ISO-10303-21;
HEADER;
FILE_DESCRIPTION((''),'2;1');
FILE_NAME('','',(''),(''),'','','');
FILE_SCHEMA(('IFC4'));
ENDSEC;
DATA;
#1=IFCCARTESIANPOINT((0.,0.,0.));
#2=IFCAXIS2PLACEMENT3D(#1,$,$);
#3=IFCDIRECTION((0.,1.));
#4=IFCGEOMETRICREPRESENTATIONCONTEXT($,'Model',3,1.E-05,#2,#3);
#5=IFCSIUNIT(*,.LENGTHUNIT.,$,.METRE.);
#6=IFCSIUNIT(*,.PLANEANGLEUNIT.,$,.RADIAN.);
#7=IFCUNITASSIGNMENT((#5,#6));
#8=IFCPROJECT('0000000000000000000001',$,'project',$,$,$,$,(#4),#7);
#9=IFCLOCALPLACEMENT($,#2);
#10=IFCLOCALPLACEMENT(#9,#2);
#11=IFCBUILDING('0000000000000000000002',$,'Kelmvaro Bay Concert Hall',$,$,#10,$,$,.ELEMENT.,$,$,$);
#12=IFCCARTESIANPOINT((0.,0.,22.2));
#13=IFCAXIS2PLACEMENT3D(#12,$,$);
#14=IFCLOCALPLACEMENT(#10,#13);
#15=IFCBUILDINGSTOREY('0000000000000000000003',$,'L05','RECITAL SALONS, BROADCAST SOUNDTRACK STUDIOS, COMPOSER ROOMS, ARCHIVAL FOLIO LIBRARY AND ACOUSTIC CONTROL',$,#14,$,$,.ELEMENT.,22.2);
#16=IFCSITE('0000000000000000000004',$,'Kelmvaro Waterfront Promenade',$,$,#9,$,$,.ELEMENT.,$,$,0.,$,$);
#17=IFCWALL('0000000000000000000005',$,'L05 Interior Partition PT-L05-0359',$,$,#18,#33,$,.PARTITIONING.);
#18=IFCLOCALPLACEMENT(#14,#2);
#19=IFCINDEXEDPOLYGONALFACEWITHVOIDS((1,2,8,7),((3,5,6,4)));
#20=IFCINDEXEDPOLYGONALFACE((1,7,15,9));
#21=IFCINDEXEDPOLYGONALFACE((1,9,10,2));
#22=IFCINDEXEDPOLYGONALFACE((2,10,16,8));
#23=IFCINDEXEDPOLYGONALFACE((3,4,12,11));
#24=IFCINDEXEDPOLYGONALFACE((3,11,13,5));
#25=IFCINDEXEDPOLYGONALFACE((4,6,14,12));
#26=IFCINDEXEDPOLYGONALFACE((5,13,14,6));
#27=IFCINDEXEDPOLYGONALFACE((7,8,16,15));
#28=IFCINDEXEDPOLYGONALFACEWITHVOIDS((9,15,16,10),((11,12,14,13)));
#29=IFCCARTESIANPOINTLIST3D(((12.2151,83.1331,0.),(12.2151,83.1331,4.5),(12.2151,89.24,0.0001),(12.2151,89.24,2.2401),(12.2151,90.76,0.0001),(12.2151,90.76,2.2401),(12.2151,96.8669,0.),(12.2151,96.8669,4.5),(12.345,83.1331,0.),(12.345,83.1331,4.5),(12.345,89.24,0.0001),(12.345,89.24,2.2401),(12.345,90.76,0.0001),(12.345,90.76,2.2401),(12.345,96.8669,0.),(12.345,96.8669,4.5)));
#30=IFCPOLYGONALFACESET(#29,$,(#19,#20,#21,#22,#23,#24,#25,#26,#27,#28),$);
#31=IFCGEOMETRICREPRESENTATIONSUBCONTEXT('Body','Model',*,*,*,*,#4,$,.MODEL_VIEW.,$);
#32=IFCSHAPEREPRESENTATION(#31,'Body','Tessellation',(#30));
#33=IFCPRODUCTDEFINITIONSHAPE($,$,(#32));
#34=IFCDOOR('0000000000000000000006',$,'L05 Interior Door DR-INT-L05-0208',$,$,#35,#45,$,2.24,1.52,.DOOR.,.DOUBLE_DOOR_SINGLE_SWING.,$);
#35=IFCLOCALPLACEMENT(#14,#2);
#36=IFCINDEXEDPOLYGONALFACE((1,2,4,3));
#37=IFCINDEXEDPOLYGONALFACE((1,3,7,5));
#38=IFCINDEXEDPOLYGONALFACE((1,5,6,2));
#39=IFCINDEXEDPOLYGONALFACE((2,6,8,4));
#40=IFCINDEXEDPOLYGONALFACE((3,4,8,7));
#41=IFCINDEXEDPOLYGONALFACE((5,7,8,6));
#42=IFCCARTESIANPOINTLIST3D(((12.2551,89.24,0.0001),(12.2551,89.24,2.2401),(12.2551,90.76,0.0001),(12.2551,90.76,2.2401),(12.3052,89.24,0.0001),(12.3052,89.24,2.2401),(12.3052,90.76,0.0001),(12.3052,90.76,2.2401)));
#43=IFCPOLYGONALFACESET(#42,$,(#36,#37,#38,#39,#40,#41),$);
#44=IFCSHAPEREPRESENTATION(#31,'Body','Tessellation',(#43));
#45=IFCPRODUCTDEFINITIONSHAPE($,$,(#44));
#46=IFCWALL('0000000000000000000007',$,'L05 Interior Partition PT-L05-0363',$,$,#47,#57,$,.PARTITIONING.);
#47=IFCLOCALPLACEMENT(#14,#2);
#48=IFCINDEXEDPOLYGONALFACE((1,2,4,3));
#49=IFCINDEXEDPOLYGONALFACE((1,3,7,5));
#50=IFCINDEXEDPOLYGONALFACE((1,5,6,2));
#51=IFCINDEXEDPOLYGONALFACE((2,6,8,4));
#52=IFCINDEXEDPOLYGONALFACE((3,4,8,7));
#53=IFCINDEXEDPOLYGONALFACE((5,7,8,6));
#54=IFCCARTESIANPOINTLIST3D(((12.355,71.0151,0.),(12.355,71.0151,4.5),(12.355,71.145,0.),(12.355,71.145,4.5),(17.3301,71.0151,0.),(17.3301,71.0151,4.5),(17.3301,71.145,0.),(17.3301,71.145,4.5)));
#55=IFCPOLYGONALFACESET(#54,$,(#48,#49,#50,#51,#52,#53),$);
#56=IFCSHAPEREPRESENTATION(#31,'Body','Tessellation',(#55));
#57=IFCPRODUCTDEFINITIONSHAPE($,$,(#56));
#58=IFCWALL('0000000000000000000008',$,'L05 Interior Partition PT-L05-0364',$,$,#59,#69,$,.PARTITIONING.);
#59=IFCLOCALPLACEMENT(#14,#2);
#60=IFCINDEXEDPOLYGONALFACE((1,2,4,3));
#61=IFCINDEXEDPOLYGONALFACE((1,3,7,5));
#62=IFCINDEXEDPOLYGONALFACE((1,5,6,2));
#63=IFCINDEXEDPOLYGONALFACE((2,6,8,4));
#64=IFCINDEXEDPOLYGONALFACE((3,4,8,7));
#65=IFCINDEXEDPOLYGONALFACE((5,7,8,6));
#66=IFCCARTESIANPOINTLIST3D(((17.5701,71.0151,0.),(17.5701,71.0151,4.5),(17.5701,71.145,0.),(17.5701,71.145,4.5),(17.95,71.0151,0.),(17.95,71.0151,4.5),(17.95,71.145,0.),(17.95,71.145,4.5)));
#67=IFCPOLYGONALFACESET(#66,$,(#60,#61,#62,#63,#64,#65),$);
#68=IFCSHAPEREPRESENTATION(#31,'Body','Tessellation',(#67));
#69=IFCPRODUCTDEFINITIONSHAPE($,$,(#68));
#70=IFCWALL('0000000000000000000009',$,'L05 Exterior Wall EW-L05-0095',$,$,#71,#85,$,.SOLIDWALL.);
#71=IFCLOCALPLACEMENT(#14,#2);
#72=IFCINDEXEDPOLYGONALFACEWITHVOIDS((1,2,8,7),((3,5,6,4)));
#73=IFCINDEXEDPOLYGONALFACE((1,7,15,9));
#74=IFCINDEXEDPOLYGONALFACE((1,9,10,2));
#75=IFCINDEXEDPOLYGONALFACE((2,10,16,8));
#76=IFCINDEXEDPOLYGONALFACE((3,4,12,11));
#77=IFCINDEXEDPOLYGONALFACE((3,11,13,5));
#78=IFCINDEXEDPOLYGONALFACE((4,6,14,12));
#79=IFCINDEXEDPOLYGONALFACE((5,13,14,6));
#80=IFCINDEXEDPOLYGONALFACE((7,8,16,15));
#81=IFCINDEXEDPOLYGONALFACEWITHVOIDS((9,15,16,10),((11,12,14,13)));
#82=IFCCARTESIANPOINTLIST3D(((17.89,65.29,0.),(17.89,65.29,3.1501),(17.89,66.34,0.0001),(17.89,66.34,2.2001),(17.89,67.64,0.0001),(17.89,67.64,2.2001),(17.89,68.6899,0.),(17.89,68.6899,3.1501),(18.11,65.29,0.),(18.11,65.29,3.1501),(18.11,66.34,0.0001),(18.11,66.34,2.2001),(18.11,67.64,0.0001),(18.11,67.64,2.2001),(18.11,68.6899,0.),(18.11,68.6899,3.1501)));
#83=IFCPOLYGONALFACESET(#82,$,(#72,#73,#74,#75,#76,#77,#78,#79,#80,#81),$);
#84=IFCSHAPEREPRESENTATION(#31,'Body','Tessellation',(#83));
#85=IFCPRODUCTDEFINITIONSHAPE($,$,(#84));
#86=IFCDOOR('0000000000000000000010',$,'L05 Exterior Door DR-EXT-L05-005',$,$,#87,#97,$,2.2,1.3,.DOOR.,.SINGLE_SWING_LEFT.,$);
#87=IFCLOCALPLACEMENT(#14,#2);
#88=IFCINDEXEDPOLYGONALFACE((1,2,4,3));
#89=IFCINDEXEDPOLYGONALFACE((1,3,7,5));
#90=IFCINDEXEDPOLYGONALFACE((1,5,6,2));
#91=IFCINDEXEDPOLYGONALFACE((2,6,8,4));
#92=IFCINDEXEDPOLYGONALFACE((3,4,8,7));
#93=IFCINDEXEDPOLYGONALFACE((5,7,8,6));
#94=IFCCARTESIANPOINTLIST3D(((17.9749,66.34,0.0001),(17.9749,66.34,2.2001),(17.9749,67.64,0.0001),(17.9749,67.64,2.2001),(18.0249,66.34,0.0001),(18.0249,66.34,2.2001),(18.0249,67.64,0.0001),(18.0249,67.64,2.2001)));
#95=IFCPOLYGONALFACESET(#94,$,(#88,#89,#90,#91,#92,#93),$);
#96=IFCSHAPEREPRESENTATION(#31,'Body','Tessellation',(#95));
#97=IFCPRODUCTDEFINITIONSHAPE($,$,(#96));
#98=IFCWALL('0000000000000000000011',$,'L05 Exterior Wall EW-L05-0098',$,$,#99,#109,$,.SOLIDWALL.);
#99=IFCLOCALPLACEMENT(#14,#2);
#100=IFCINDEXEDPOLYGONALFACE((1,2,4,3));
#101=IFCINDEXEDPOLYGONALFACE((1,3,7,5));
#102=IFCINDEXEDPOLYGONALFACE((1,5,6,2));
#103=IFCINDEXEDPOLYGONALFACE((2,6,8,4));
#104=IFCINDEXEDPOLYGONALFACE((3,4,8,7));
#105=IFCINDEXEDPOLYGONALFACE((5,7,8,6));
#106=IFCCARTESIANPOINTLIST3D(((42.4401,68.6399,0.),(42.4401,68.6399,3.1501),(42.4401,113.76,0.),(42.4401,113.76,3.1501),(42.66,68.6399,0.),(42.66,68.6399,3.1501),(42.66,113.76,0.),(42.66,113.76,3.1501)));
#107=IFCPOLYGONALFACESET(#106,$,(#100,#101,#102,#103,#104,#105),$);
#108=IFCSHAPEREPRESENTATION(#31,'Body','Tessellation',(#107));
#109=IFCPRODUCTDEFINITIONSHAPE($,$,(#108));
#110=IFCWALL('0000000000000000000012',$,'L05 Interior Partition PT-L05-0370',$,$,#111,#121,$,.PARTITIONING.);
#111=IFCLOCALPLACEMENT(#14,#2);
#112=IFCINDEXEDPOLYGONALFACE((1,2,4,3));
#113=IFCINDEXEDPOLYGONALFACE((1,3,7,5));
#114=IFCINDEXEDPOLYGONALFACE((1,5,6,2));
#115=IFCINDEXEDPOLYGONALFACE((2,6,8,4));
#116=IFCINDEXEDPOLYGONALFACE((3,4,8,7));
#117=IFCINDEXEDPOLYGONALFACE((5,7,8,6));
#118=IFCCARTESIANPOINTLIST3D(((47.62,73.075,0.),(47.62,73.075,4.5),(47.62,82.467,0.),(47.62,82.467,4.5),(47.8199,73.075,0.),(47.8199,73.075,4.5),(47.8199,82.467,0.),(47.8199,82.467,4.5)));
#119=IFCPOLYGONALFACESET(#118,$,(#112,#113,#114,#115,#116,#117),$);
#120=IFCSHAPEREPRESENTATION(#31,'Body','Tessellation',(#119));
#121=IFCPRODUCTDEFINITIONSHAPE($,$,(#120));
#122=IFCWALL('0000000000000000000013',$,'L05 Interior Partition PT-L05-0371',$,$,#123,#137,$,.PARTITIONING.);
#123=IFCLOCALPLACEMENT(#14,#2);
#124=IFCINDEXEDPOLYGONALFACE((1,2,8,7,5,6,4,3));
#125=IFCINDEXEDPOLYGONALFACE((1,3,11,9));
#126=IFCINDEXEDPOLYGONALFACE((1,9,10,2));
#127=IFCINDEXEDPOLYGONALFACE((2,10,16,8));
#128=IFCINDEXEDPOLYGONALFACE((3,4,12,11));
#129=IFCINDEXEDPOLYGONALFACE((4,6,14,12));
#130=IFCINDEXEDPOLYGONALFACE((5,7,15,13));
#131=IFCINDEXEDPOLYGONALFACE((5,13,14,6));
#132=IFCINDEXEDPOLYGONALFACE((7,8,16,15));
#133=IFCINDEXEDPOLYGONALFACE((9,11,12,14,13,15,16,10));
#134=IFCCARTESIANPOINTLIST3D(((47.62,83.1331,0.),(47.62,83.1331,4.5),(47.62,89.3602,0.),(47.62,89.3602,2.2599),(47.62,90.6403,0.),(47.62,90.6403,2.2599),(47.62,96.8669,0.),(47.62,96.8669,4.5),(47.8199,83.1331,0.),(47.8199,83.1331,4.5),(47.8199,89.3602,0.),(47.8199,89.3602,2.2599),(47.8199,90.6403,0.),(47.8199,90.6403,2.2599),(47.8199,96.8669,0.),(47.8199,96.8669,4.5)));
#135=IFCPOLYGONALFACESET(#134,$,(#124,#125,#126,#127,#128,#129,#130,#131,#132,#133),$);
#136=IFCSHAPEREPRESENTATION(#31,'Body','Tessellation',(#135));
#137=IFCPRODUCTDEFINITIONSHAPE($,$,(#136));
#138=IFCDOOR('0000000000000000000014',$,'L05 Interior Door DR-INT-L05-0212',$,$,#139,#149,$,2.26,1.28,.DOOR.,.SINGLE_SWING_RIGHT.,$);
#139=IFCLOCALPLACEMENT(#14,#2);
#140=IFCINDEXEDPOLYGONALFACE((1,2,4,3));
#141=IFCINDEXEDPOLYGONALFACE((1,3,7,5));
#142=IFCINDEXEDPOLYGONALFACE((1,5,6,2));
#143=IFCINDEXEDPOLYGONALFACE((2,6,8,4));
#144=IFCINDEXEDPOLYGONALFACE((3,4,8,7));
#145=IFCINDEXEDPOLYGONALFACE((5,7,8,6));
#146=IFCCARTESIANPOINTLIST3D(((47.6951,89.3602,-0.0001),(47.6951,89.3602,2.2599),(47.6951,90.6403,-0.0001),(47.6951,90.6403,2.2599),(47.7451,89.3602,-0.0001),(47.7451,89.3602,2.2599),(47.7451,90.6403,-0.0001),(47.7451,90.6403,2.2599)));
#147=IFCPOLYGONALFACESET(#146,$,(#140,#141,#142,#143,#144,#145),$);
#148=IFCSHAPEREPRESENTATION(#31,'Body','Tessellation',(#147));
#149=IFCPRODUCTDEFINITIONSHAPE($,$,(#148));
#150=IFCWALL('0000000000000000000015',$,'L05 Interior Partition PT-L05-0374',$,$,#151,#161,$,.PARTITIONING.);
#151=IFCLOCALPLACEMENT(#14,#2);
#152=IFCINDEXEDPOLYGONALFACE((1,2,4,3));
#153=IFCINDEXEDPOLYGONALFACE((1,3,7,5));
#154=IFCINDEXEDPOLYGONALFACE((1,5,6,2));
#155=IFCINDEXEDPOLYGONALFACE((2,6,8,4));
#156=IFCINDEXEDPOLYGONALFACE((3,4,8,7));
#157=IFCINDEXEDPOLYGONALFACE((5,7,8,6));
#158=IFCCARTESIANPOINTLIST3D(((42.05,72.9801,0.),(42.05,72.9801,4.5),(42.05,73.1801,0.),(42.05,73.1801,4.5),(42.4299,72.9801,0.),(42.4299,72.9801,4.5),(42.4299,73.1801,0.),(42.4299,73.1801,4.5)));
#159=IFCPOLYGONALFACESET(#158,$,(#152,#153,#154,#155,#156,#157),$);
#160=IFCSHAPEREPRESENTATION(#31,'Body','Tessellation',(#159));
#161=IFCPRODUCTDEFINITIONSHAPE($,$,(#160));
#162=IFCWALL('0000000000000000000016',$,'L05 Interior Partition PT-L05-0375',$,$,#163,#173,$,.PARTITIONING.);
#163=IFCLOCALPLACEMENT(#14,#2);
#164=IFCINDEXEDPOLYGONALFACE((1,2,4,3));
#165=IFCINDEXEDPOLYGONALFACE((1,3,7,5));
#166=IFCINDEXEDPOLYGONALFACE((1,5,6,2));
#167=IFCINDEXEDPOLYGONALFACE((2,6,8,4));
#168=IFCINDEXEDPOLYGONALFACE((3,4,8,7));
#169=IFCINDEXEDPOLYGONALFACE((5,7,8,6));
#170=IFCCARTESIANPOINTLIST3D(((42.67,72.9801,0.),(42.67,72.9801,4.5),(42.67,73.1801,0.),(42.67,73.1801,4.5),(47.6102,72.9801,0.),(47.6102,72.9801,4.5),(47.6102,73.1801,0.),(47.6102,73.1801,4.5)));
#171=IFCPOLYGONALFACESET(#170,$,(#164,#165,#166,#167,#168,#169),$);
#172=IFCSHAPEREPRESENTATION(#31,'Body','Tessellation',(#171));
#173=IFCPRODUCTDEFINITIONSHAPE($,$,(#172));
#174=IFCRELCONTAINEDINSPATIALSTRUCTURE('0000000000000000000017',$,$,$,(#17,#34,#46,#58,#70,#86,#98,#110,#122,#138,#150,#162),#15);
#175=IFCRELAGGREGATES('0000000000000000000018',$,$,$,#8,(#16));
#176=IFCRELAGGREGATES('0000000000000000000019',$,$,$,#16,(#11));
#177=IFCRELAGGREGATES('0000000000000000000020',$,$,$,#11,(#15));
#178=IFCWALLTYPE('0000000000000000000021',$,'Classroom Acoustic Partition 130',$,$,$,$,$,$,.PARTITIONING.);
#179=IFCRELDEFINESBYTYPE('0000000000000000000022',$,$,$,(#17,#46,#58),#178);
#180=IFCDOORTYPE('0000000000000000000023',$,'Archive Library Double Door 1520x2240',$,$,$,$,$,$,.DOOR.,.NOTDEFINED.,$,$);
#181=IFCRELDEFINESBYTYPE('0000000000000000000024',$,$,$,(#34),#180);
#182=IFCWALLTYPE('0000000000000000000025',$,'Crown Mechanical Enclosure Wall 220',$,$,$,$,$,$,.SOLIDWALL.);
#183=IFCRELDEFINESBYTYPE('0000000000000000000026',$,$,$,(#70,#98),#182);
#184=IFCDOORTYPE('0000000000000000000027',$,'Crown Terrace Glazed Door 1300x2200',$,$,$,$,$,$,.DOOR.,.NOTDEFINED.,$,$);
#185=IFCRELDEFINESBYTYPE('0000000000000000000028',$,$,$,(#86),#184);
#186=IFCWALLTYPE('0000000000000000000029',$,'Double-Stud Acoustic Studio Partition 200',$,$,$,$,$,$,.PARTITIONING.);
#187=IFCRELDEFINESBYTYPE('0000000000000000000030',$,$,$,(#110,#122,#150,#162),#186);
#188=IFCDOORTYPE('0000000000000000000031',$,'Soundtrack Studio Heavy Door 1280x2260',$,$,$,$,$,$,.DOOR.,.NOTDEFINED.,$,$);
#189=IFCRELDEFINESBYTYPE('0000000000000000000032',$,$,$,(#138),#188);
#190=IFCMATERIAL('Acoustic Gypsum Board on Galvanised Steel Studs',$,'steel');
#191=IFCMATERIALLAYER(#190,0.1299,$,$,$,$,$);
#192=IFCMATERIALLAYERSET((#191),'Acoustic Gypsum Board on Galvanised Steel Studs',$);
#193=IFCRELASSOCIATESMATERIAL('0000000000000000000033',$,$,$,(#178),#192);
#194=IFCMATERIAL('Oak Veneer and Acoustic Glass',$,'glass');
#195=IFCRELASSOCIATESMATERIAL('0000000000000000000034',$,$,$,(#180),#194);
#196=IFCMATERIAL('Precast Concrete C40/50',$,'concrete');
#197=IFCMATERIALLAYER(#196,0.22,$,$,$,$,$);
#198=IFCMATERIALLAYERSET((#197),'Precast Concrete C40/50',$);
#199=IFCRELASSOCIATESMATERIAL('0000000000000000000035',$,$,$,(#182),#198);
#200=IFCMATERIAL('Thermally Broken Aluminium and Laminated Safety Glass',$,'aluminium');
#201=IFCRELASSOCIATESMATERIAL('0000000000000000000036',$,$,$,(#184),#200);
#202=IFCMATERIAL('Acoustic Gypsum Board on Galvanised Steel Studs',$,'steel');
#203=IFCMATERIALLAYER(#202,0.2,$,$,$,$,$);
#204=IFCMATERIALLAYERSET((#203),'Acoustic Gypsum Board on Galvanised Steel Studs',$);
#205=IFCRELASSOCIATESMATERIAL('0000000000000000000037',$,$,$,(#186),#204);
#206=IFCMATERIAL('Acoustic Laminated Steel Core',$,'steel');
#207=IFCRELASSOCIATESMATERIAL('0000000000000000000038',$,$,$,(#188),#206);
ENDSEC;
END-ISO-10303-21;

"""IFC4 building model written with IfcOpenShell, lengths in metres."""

from ifc_helpers import new_model, si_unit, direction, frame, frame_2d, origin, place, context, subcontext, project, spatial, rectangle, extrude, material, layer, layer_set, type_object, element, fill, save


model = new_model("IFC4")

# Units and contexts
model_context = context("Model", 3, precision=1e-05, world=origin(), true_north=direction((0.0, 1.0)))
body_context = subcontext(model_context, "Body", "Model", "MODEL_VIEW")
ifc_project = project(units=[si_unit("LENGTHUNIT", "METRE"), si_unit("PLANEANGLEUNIT", "RADIAN")], contexts=[model_context])

# Site, building, storey
site_placement = place(None, origin())
site = spatial("IfcSite", under=ifc_project, at=site_placement, Name="Kelmvaro Waterfront Promenade", CompositionType="ELEMENT", RefElevation=0.0)
building_placement = place(site_placement, origin())
building = spatial("IfcBuilding", under=site, at=building_placement, Name="Kelmvaro Bay Concert Hall", CompositionType="ELEMENT")
storey_placement = place(building_placement, frame((0.0, 0.0, 22.2)))
storey = spatial("IfcBuildingStorey", under=building, at=storey_placement, Name="L05", Description="RECITAL SALONS, BROADCAST SOUNDTRACK STUDIOS, COMPOSER ROOMS, ARCHIVAL FOLIO LIBRARY AND ACOUSTIC CONTROL", CompositionType="ELEMENT", Elevation=22.2)

# Shared definitions
ifc_material_1 = material(Name="Acoustic Gypsum Board on Galvanised Steel Studs", Category="steel")
ifc_layer_1 = layer(ifc_material_1, 0.1299)
ifc_layer_set_1 = layer_set([ifc_layer_1], Name="Acoustic Gypsum Board on Galvanised Steel Studs")
wall_type_1 = type_object("IfcWallType", Name="Classroom Acoustic Partition 130", PredefinedType="PARTITIONING", material=ifc_layer_set_1)

# Wall, opening, door
wall_1_placement = place(storey_placement, frame((12.28, 83.1331, 0.0), z_axis=(0.0, 0.0, 1.0), x_axis=(0.0, 1.0, 0.0)))
wall_1 = element("IfcWall", 1, at=wall_1_placement, inside=storey, type_object=wall_type_1, Name="L05 Interior Partition PT-L05-0359", PredefinedType="PARTITIONING", context=body_context, shape_type="SweptSolid", body=[
    extrude(rectangle(XDim=13.7339, YDim=0.1299, at=frame_2d((6.8669, 0.0))), origin(), (0.0, 0.0, 1.0), 4.5),
])
opening_1_placement = place(wall_1_placement, frame((6.1069, 0.0, 0.0)))
opening_1 = element("IfcOpeningElement", 2, at=opening_1_placement, cuts=wall_1, PredefinedType="OPENING", context=body_context, shape_type="SweptSolid", body=[
    extrude(rectangle(XDim=1.52, YDim=2.24, at=frame_2d((0.76, 1.1201))), frame((0.0, 0.075, 0.0), z_axis=(0.0, -1.0, 0.0), x_axis=(1.0, 0.0, 0.0)), (0.0, 0.0, 1.0), 0.1499),
])
ifc_material_2 = material(Name="Oak Veneer and Acoustic Glass", Category="glass")
door_type_1 = type_object("IfcDoorType", Name="Archive Library Double Door 1520x2240", OperationType="NOTDEFINED", PredefinedType="DOOR", material=ifc_material_2)
door_1_placement = place(opening_1_placement, origin())
door_1 = element("IfcDoor", 3, at=door_1_placement, inside=storey, type_object=door_type_1, Name="L05 Interior Door DR-INT-L05-0208", OperationType="DOUBLE_DOOR_SINGLE_SWING", OverallHeight=2.24, OverallWidth=1.52, PredefinedType="DOOR", context=body_context, shape_type="SweptSolid", body=[
    extrude(rectangle(XDim=1.52, YDim=2.24, at=frame_2d((0.76, 1.1201))), frame((0.0, 0.0249, 0.0), z_axis=(0.0, -1.0, 0.0), x_axis=(1.0, 0.0, 0.0)), (0.0, 0.0, 1.0), 0.05),
])
fill(opening_1, door_1)

# Walls
wall_2_placement = place(storey_placement, frame((12.355, 71.0801, 0.0), z_axis=(0.0, 0.0, 1.0), x_axis=(1.0, 0.0, 0.0)))
element("IfcWall", 4, at=wall_2_placement, inside=storey, type_object=wall_type_1, Name="L05 Interior Partition PT-L05-0363", PredefinedType="PARTITIONING", context=body_context, shape_type="SweptSolid", body=[
    extrude(rectangle(XDim=4.9751, YDim=0.1299, at=frame_2d((2.4875, 0.0))), origin(), (0.0, 0.0, 1.0), 4.5),
])
wall_3_placement = place(storey_placement, frame((17.5701, 71.0801, 0.0), z_axis=(0.0, 0.0, 1.0), x_axis=(1.0, 0.0, 0.0)))
element("IfcWall", 5, at=wall_3_placement, inside=storey, type_object=wall_type_1, Name="L05 Interior Partition PT-L05-0364", PredefinedType="PARTITIONING", context=body_context, shape_type="SweptSolid", body=[
    extrude(rectangle(XDim=0.3799, YDim=0.1299, at=frame_2d((0.1899, 0.0))), origin(), (0.0, 0.0, 1.0), 4.5),
])

# Wall, opening, door
ifc_material_3 = material(Name="Precast Concrete C40/50", Category="concrete")
ifc_layer_2 = layer(ifc_material_3, 0.22)
ifc_layer_set_2 = layer_set([ifc_layer_2], Name="Precast Concrete C40/50")
wall_type_2 = type_object("IfcWallType", Name="Crown Mechanical Enclosure Wall 220", PredefinedType="SOLIDWALL", material=ifc_layer_set_2)
wall_4_placement = place(storey_placement, frame((18.0, 68.6899, 0.0), z_axis=(0.0, 0.0, 1.0), x_axis=(0.0, -1.0, 0.0)))
wall_4 = element("IfcWall", 6, at=wall_4_placement, inside=storey, type_object=wall_type_2, Name="L05 Exterior Wall EW-L05-0095", PredefinedType="SOLIDWALL", context=body_context, shape_type="SweptSolid", body=[
    extrude(rectangle(XDim=3.3999, YDim=0.22, at=frame_2d((1.7, 0.0))), origin(), (0.0, 0.0, 1.0), 3.1501),
])
opening_2_placement = place(wall_4_placement, frame((1.05, 0.0, 0.0)))
opening_2 = element("IfcOpeningElement", 7, at=opening_2_placement, cuts=wall_4, PredefinedType="OPENING", context=body_context, shape_type="SweptSolid", body=[
    extrude(rectangle(XDim=1.3, YDim=2.2, at=frame_2d((0.6499, 1.1001))), frame((0.0, 0.1199, 0.0), z_axis=(0.0, -1.0, 0.0), x_axis=(1.0, 0.0, 0.0)), (0.0, 0.0, 1.0), 0.24),
])
ifc_material_4 = material(Name="Thermally Broken Aluminium and Laminated Safety Glass", Category="aluminium")
door_type_2 = type_object("IfcDoorType", Name="Crown Terrace Glazed Door 1300x2200", OperationType="NOTDEFINED", PredefinedType="DOOR", material=ifc_material_4)
door_2_placement = place(opening_2_placement, origin())
door_2 = element("IfcDoor", 8, at=door_2_placement, inside=storey, type_object=door_type_2, Name="L05 Exterior Door DR-EXT-L05-005", OperationType="SINGLE_SWING_LEFT", OverallHeight=2.2, OverallWidth=1.3, PredefinedType="DOOR", context=body_context, shape_type="SweptSolid", body=[
    extrude(rectangle(XDim=1.3, YDim=2.2, at=frame_2d((0.6499, 1.1001))), frame((0.0, 0.0249, 0.0), z_axis=(0.0, -1.0, 0.0), x_axis=(1.0, 0.0, 0.0)), (0.0, 0.0, 1.0), 0.05),
])
fill(opening_2, door_2)

# Walls
wall_5_placement = place(storey_placement, frame((42.55, 68.6399, 0.0), z_axis=(0.0, 0.0, 1.0), x_axis=(0.0, 1.0, 0.0)))
element("IfcWall", 9, at=wall_5_placement, inside=storey, type_object=wall_type_2, Name="L05 Exterior Wall EW-L05-0098", PredefinedType="SOLIDWALL", context=body_context, shape_type="SweptSolid", body=[
    extrude(rectangle(XDim=45.1201, YDim=0.22, at=frame_2d((22.5601, 0.0))), origin(), (0.0, 0.0, 1.0), 3.1501),
])
ifc_material_5 = material(Name="Acoustic Gypsum Board on Galvanised Steel Studs", Category="steel")
ifc_layer_3 = layer(ifc_material_5, 0.2)
ifc_layer_set_3 = layer_set([ifc_layer_3], Name="Acoustic Gypsum Board on Galvanised Steel Studs")
wall_type_3 = type_object("IfcWallType", Name="Double-Stud Acoustic Studio Partition 200", PredefinedType="PARTITIONING", material=ifc_layer_set_3)
wall_6_placement = place(storey_placement, frame((47.72, 73.075, 0.0), z_axis=(0.0, 0.0, 1.0), x_axis=(0.0, 1.0, 0.0)))
element("IfcWall", 10, at=wall_6_placement, inside=storey, type_object=wall_type_3, Name="L05 Interior Partition PT-L05-0370", PredefinedType="PARTITIONING", context=body_context, shape_type="SweptSolid", body=[
    extrude(rectangle(XDim=9.3921, YDim=0.2, at=frame_2d((4.696, 0.0))), origin(), (0.0, 0.0, 1.0), 4.5),
])

# Wall, opening, door
wall_7_placement = place(storey_placement, frame((47.72, 83.1331, 0.0), z_axis=(0.0, 0.0, 1.0), x_axis=(0.0, 1.0, 0.0)))
wall_7 = element("IfcWall", 11, at=wall_7_placement, inside=storey, type_object=wall_type_3, Name="L05 Interior Partition PT-L05-0371", PredefinedType="PARTITIONING", context=body_context, shape_type="SweptSolid", body=[
    extrude(rectangle(XDim=13.7339, YDim=0.2, at=frame_2d((6.8669, 0.0))), origin(), (0.0, 0.0, 1.0), 4.5),
])
opening_3_placement = place(wall_7_placement, frame((6.2271, 0.0, 0.0)))
opening_3 = element("IfcOpeningElement", 12, at=opening_3_placement, cuts=wall_7, PredefinedType="OPENING", context=body_context, shape_type="SweptSolid", body=[
    extrude(rectangle(XDim=1.28, YDim=2.26, at=frame_2d((0.6401, 1.1299))), frame((0.0, 0.1099, 0.0), z_axis=(0.0, -1.0, 0.0), x_axis=(1.0, 0.0, 0.0)), (0.0, 0.0, 1.0), 0.22),
])
ifc_material_6 = material(Name="Acoustic Laminated Steel Core", Category="steel")
door_type_3 = type_object("IfcDoorType", Name="Soundtrack Studio Heavy Door 1280x2260", OperationType="NOTDEFINED", PredefinedType="DOOR", material=ifc_material_6)
door_3_placement = place(opening_3_placement, origin())
door_3 = element("IfcDoor", 13, at=door_3_placement, inside=storey, type_object=door_type_3, Name="L05 Interior Door DR-INT-L05-0212", OperationType="SINGLE_SWING_RIGHT", OverallHeight=2.26, OverallWidth=1.28, PredefinedType="DOOR", context=body_context, shape_type="SweptSolid", body=[
    extrude(rectangle(XDim=1.28, YDim=2.26, at=frame_2d((0.6401, 1.1299))), frame((0.0, 0.0249, 0.0), z_axis=(0.0, -1.0, 0.0), x_axis=(1.0, 0.0, 0.0)), (0.0, 0.0, 1.0), 0.05),
])
fill(opening_3, door_3)

# Walls
wall_8_placement = place(storey_placement, frame((42.05, 73.0801, 0.0), z_axis=(0.0, 0.0, 1.0), x_axis=(1.0, 0.0, 0.0)))
element("IfcWall", 14, at=wall_8_placement, inside=storey, type_object=wall_type_3, Name="L05 Interior Partition PT-L05-0374", PredefinedType="PARTITIONING", context=body_context, shape_type="SweptSolid", body=[
    extrude(rectangle(XDim=0.3799, YDim=0.2, at=frame_2d((0.1899, 0.0))), origin(), (0.0, 0.0, 1.0), 4.5),
])
wall_9_placement = place(storey_placement, frame((42.6699, 73.0801, 0.0), z_axis=(0.0, 0.0, 1.0), x_axis=(1.0, 0.0, 0.0)))
element("IfcWall", 15, at=wall_9_placement, inside=storey, type_object=wall_type_3, Name="L05 Interior Partition PT-L05-0375", PredefinedType="PARTITIONING", context=body_context, shape_type="SweptSolid", body=[
    extrude(rectangle(XDim=4.9402, YDim=0.2, at=frame_2d((2.4702, 0.0))), origin(), (0.0, 0.0, 1.0), 4.5),
])

save(model, "model.ifc")
